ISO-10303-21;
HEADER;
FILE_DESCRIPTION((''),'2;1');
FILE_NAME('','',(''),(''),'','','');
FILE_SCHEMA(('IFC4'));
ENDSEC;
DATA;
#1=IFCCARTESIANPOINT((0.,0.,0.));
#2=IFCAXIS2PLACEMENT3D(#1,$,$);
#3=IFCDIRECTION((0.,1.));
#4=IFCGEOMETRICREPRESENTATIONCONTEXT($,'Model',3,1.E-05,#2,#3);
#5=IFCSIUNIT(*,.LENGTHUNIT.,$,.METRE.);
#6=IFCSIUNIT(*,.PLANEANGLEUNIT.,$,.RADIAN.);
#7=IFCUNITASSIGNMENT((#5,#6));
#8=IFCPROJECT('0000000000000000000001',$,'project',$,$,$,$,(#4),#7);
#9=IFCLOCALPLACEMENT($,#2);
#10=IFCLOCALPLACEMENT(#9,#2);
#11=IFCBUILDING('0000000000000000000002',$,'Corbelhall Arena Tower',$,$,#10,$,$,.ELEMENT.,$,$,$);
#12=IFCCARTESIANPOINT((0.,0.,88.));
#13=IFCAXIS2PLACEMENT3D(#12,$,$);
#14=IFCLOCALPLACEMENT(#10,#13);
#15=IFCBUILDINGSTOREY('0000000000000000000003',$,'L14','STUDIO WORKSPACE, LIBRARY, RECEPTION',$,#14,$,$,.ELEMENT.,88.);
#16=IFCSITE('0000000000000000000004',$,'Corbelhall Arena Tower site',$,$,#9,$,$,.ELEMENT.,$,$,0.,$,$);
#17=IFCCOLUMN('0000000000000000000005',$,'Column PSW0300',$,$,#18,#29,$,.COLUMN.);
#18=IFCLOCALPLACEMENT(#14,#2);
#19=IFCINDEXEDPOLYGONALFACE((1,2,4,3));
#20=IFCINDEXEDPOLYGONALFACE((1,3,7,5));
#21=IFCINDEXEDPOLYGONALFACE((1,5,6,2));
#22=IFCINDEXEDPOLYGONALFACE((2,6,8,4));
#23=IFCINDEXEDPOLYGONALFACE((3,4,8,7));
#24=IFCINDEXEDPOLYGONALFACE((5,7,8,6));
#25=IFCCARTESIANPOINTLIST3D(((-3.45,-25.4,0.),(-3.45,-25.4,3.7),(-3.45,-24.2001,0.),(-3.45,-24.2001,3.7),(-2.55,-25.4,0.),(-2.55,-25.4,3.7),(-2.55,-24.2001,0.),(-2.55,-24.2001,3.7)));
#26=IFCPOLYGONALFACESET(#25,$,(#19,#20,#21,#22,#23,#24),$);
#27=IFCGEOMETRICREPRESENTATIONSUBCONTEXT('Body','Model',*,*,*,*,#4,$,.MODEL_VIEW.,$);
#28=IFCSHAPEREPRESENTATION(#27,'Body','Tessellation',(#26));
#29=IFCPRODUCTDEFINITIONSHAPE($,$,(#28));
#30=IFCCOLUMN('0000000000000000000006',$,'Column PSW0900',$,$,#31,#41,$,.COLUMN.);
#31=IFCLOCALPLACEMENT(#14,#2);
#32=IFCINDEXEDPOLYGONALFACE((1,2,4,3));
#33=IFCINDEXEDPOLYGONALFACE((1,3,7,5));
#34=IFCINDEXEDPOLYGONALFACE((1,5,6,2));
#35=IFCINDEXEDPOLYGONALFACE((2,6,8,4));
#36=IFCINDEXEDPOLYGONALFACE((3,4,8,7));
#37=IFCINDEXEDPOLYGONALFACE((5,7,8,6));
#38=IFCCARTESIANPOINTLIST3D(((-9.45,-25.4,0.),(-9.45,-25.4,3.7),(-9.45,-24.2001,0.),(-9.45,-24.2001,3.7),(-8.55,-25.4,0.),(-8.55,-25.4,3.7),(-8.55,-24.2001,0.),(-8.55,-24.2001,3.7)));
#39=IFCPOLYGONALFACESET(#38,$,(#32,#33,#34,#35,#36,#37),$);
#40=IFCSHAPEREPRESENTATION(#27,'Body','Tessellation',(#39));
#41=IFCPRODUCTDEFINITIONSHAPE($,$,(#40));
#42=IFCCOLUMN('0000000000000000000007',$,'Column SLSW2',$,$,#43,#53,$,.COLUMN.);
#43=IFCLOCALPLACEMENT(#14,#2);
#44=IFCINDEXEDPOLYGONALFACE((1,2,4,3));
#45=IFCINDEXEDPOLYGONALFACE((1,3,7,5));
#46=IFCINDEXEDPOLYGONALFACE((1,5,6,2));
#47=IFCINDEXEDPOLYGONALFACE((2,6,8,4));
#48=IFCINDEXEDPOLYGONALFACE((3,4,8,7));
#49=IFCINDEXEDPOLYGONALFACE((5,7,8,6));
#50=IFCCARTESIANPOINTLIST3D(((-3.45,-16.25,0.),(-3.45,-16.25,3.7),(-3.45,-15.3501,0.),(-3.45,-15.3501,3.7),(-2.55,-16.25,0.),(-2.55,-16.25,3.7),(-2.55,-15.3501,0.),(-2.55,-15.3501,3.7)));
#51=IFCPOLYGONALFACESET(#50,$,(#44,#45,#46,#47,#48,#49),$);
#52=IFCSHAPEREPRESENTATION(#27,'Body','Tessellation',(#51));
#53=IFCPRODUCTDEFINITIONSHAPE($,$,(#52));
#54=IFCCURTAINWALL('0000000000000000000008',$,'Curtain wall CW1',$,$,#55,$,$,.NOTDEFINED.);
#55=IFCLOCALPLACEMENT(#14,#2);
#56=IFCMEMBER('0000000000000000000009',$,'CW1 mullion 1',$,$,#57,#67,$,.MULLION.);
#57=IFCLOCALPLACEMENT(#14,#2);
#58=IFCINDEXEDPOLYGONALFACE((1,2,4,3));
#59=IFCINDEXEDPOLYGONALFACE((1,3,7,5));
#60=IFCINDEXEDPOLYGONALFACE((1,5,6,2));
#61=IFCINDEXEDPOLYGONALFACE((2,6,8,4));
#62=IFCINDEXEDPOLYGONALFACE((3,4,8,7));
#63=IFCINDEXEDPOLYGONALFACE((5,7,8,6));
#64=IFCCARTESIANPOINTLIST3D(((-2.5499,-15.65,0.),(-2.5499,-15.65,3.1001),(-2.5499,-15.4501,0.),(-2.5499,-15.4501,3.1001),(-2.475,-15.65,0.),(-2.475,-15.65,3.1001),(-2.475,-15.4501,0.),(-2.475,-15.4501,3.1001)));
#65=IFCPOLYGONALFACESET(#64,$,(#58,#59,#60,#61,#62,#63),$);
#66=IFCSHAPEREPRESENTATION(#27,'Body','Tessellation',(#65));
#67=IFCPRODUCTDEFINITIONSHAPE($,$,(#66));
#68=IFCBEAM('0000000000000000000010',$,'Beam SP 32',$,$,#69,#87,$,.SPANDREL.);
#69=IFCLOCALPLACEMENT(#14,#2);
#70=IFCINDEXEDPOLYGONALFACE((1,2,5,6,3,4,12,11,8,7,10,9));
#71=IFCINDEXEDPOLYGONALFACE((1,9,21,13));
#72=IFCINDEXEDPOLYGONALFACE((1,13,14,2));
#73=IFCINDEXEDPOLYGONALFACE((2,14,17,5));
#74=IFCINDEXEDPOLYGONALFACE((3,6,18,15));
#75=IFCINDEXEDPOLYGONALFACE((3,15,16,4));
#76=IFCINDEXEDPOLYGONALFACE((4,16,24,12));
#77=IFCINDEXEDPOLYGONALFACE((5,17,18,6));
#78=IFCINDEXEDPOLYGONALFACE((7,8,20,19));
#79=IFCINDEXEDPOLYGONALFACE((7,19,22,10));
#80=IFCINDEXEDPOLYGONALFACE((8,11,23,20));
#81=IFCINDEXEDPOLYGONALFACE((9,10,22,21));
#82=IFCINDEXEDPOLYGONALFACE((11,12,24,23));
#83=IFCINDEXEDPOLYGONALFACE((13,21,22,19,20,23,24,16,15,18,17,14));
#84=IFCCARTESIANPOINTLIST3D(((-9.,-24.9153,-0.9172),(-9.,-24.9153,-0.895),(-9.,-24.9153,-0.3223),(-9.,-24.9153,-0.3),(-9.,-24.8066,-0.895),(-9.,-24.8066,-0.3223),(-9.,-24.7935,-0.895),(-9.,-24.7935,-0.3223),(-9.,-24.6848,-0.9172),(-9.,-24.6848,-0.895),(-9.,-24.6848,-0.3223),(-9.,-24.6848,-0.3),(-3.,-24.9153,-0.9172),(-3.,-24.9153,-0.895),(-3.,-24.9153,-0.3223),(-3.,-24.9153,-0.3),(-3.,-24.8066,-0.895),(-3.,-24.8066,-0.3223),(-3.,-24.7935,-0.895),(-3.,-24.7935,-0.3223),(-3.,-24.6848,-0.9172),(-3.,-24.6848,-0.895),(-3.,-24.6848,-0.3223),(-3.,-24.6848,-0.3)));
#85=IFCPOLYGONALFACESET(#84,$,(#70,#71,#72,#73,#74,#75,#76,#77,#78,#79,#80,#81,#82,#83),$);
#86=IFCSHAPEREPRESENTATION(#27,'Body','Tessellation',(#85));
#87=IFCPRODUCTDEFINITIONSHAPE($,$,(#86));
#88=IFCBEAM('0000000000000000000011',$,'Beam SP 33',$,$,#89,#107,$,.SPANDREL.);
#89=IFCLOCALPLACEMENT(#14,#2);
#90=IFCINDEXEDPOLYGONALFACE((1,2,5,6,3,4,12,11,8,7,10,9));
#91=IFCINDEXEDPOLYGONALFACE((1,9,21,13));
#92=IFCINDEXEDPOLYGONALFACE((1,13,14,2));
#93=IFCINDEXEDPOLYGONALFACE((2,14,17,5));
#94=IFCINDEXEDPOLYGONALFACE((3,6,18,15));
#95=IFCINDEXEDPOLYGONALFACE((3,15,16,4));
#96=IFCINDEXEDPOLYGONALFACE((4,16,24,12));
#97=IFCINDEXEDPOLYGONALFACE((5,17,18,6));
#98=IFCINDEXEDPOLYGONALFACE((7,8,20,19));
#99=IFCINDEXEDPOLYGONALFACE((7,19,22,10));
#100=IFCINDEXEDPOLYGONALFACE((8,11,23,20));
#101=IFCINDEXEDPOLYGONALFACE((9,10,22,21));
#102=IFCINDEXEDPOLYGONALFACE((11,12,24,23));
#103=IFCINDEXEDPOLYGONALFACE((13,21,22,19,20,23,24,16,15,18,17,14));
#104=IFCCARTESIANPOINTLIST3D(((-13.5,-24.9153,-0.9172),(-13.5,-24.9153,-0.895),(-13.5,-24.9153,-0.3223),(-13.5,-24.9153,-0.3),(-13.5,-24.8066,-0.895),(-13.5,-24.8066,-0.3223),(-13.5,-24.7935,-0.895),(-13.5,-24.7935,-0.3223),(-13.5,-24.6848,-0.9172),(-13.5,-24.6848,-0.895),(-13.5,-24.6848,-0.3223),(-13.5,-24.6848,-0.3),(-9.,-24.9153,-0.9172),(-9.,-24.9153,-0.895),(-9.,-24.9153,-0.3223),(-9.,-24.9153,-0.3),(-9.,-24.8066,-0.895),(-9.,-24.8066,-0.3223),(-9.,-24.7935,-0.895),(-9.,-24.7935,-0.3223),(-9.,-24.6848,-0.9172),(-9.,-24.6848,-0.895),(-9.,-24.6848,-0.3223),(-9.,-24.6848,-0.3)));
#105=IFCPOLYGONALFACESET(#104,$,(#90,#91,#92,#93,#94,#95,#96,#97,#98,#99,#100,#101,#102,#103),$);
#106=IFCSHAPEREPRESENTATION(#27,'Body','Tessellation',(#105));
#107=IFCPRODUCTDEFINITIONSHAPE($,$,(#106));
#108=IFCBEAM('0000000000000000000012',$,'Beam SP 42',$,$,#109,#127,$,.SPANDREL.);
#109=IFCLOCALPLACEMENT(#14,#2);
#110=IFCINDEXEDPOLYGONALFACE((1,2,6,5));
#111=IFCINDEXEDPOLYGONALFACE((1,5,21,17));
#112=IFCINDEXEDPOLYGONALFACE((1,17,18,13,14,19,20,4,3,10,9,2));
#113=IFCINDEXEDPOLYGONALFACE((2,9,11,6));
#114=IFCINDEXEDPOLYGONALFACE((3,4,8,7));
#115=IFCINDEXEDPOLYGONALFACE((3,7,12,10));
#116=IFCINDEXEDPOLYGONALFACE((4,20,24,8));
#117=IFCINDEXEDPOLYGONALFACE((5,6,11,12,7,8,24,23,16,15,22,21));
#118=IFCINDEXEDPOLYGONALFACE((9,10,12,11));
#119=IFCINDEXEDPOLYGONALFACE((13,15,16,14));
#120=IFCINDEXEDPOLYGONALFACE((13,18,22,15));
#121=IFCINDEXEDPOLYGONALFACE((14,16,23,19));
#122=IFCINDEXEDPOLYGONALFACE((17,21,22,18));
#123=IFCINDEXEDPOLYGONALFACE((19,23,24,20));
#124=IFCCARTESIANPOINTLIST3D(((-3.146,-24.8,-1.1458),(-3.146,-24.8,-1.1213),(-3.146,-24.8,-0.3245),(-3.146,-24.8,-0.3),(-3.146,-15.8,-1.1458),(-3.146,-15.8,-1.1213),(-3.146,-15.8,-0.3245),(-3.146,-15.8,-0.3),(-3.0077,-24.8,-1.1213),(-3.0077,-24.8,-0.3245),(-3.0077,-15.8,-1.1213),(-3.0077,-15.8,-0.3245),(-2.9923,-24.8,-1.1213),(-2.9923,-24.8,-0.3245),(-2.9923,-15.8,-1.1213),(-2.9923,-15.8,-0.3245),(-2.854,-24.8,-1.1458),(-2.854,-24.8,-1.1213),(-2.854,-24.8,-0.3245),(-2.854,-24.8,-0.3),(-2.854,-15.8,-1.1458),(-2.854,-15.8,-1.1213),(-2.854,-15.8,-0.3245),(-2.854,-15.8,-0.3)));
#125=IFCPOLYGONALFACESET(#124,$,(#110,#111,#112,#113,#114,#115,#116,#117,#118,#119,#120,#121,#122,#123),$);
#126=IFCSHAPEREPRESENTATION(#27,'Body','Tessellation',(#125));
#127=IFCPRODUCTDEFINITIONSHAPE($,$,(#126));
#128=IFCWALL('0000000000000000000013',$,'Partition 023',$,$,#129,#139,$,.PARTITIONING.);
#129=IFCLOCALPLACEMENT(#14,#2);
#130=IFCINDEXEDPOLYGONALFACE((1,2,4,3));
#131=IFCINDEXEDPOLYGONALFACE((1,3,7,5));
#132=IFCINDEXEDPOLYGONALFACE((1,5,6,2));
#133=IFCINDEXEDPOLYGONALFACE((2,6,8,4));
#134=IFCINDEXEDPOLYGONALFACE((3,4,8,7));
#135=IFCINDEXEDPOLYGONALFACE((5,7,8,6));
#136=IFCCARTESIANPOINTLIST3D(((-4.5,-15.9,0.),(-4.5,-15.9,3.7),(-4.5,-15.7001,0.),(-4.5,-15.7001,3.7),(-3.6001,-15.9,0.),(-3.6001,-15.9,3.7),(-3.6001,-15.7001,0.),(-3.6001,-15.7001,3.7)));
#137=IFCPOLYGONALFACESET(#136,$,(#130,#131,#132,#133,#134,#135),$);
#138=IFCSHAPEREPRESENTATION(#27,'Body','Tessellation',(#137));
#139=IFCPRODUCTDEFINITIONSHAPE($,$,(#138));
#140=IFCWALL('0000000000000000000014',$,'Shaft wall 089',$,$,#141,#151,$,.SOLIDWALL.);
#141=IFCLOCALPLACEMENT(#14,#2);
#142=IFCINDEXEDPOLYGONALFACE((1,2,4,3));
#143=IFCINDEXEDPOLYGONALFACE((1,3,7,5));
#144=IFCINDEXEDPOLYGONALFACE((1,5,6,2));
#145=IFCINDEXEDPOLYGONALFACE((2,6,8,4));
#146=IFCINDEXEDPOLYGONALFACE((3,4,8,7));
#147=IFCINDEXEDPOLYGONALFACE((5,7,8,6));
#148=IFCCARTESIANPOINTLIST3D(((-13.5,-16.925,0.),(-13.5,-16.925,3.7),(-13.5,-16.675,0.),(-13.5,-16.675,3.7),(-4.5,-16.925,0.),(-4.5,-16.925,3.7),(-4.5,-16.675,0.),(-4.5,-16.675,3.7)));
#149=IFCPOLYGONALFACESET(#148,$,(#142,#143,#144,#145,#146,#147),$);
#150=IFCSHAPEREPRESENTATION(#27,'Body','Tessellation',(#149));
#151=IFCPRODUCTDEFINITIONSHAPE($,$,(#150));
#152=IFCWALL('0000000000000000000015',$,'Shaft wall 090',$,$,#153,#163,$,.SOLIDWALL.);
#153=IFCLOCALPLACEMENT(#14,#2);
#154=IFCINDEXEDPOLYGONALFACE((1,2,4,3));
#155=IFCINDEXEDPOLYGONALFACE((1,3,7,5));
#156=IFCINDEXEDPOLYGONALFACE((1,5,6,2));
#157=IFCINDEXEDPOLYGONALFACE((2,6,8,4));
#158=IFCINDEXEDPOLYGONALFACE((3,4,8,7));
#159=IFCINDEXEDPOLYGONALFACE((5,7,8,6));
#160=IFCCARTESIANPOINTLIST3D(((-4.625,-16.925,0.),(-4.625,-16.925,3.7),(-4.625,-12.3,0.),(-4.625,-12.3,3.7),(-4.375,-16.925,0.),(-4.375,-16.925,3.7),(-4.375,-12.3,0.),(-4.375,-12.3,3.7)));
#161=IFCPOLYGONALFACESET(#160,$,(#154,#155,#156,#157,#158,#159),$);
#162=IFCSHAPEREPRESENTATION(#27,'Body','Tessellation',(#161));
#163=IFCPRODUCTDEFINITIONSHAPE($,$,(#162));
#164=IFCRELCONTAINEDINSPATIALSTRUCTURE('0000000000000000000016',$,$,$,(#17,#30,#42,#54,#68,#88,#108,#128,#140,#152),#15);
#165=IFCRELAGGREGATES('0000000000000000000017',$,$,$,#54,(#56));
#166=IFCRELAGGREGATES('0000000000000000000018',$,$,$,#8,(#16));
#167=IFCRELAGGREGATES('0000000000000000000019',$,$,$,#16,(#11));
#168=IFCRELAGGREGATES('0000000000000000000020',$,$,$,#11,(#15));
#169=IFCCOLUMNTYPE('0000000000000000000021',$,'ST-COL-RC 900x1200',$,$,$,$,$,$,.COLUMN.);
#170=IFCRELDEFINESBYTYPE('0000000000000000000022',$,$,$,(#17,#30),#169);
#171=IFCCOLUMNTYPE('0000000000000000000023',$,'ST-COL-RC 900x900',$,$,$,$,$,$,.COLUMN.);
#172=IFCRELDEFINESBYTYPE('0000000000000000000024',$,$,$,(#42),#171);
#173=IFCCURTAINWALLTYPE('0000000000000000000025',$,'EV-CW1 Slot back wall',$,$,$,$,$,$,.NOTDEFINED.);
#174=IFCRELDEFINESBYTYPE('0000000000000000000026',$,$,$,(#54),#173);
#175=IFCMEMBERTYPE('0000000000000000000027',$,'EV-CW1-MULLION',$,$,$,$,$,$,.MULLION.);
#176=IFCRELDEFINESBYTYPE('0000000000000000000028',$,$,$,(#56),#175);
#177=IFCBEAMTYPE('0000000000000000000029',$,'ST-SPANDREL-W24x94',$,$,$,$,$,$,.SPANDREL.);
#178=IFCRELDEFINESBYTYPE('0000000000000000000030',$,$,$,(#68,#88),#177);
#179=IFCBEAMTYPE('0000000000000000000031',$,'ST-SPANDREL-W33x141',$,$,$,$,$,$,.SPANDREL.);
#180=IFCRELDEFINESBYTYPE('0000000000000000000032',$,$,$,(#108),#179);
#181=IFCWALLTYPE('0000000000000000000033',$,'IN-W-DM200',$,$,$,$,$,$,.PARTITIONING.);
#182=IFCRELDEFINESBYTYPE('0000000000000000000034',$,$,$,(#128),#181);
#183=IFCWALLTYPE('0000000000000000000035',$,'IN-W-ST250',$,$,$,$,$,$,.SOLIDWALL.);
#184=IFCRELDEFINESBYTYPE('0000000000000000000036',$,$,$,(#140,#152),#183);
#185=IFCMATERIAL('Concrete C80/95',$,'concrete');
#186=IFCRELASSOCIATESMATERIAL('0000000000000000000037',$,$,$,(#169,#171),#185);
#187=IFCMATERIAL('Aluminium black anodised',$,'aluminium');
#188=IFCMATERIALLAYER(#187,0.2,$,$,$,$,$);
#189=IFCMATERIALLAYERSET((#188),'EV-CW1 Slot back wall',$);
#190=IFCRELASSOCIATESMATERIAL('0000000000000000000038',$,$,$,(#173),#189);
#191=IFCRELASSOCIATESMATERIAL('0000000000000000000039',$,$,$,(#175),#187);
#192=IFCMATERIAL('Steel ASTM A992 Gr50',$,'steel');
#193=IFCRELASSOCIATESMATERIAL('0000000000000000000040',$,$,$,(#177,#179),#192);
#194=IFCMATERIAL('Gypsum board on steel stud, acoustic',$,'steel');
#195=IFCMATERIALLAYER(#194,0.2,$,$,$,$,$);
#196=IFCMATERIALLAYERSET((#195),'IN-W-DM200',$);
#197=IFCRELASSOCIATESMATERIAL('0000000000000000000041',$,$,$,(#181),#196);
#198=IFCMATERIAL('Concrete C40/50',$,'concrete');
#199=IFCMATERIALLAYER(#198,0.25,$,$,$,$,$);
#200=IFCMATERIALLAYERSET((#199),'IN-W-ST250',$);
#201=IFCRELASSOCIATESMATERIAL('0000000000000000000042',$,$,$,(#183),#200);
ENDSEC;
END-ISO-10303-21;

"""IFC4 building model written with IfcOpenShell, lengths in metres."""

from ifc_helpers import new_model, si_unit, direction, frame, frame_2d, origin, origin_2d, place, context, subcontext, project, spatial, rectangle, i_section, extrude, material, layer, layer_set, material_profile, profile_set, type_object, element, aggregate, save


model = new_model("IFC4")

# Units and contexts
model_context = context("Model", 3, precision=1e-05, world=origin(), true_north=direction((0.0, 1.0)))
body_context = subcontext(model_context, "Body", "Model", "MODEL_VIEW")
ifc_project = project(units=[si_unit("LENGTHUNIT", "METRE"), si_unit("PLANEANGLEUNIT", "RADIAN")], contexts=[model_context])

# Site, building, storey
site_placement = place(None, origin())
site = spatial("IfcSite", under=ifc_project, at=site_placement, Name="Corbelhall Arena Tower site", CompositionType="ELEMENT", RefElevation=0.0)
building_placement = place(site_placement, origin())
building = spatial("IfcBuilding", under=site, at=building_placement, Name="Corbelhall Arena Tower", CompositionType="ELEMENT")
storey_placement = place(building_placement, frame((0.0, 0.0, 88.0)))
storey = spatial("IfcBuildingStorey", under=building, at=storey_placement, Name="L14", Description="STUDIO WORKSPACE, LIBRARY, RECEPTION", CompositionType="ELEMENT", Elevation=88.0)

# Columns
ifc_material_1 = material(Name="Concrete C80/95", Category="concrete")
ifc_material_profile_1 = material_profile(ifc_material_1, rectangle(XDim=0.8999, YDim=1.2, at=origin_2d()))
ifc_profile_set_1 = profile_set([ifc_material_profile_1], Name="Concrete C80/95")
column_type_1 = type_object("IfcColumnType", Name="ST-COL-RC 900x1200", PredefinedType="COLUMN", material=ifc_profile_set_1)
for number, where, z_axis, x_axis, name in (
    (1, (-3.0, -24.8, 0.0), (0.0, 0.0, 1.0), (1.0, 0.0, 0.0), "Column PSW0300"),
    (2, (-9.0, -24.8, 0.0), (0.0, 0.0, 1.0), (1.0, 0.0, 0.0), "Column PSW0900"),
):
    element("IfcColumn", number, at=place(storey_placement, frame(where, z_axis=z_axis, x_axis=x_axis)), inside=storey, type_object=column_type_1, Name=name, PredefinedType="COLUMN", context=body_context, shape_type="SweptSolid", body=[
        extrude(rectangle(XDim=0.8999, YDim=1.2, at=origin_2d()), origin(), (0.0, 0.0, 1.0), 3.7),
    ])
ifc_material_profile_2 = material_profile(ifc_material_1, rectangle(XDim=0.8999, YDim=0.8999, at=origin_2d()))
ifc_profile_set_2 = profile_set([ifc_material_profile_2], Name="Concrete C80/95")
column_type_2 = type_object("IfcColumnType", Name="ST-COL-RC 900x900", PredefinedType="COLUMN", material=ifc_profile_set_2)
column_placement = place(storey_placement, frame((-3.0, -15.8, 0.0), z_axis=(0.0, 0.0, 1.0), x_axis=(1.0, 0.0, 0.0)))
element("IfcColumn", 3, at=column_placement, inside=storey, type_object=column_type_2, Name="Column SLSW2", PredefinedType="COLUMN", context=body_context, shape_type="SweptSolid", body=[
    extrude(rectangle(XDim=0.8999, YDim=0.8999, at=origin_2d()), origin(), (0.0, 0.0, 1.0), 3.7),
])

# Curtain wall, member
ifc_material_2 = material(Name="Aluminium black anodised", Category="aluminium")
ifc_layer_1 = layer(ifc_material_2, 0.2)
ifc_layer_set_1 = layer_set([ifc_layer_1], Name="EV-CW1 Slot back wall")
curtain_wall_type = type_object("IfcCurtainWallType", Name="EV-CW1 Slot back wall", PredefinedType="NOTDEFINED", material=ifc_layer_set_1)
curtain_wall_placement = place(storey_placement, origin())
curtain_wall = element("IfcCurtainWall", 4, at=curtain_wall_placement, inside=storey, type_object=curtain_wall_type, Name="Curtain wall CW1", PredefinedType="NOTDEFINED")
ifc_material_profile_3 = material_profile(ifc_material_2, rectangle(XDim=0.2, YDim=0.075, at=origin_2d()))
ifc_profile_set_3 = profile_set([ifc_material_profile_3], Name="Aluminium black anodised")
member_type = type_object("IfcMemberType", Name="EV-CW1-MULLION", PredefinedType="MULLION", material=ifc_profile_set_3)
member_placement = place(storey_placement, frame((-2.5125, -15.55, 0.0), z_axis=(0.0, 0.0, 1.0), x_axis=(0.0, 1.0, 0.0)))
member = element("IfcMember", 5, at=member_placement, type_object=member_type, Name="CW1 mullion 1", PredefinedType="MULLION", context=body_context, shape_type="SweptSolid", body=[
    extrude(rectangle(XDim=0.2, YDim=0.075, at=origin_2d()), origin(), (0.0, 0.0, 1.0), 3.1001),
])
aggregate(curtain_wall, [member])

# Beams
ifc_material_3 = material(Name="Steel ASTM A992 Gr50", Category="steel")
ifc_material_profile_4 = material_profile(ifc_material_3, i_section(OverallWidth=0.2305, OverallDepth=0.6172, WebThickness=0.0132, FlangeThickness=0.0222, at=origin_2d()))
ifc_profile_set_4 = profile_set([ifc_material_profile_4], Name="Steel ASTM A992 Gr50")
beam_type_1 = type_object("IfcBeamType", Name="ST-SPANDREL-W24x94", PredefinedType="SPANDREL", material=ifc_profile_set_4)
beam_1_placement = place(storey_placement, frame((-3.0, -24.8, -0.6086), z_axis=(-1.0, 0.0, 0.0), x_axis=(0.0, -1.0, 0.0)))
element("IfcBeam", 6, at=beam_1_placement, inside=storey, type_object=beam_type_1, Name="Beam SP 32", PredefinedType="SPANDREL", context=body_context, shape_type="SweptSolid", body=[
    extrude(i_section(OverallWidth=0.2305, OverallDepth=0.6172, WebThickness=0.0132, FlangeThickness=0.0222, at=origin_2d()), origin(), (0.0, 0.0, 1.0), 6.0),
])
beam_2_placement = place(storey_placement, frame((-9.0, -24.8, -0.6086), z_axis=(-1.0, 0.0, 0.0), x_axis=(0.0, -1.0, 0.0)))
element("IfcBeam", 7, at=beam_2_placement, inside=storey, type_object=beam_type_1, Name="Beam SP 33", PredefinedType="SPANDREL", context=body_context, shape_type="SweptSolid", body=[
    extrude(i_section(OverallWidth=0.2305, OverallDepth=0.6172, WebThickness=0.0132, FlangeThickness=0.0222, at=origin_2d()), origin(), (0.0, 0.0, 1.0), 4.5),
])
ifc_material_profile_5 = material_profile(ifc_material_3, i_section(OverallWidth=0.292, OverallDepth=0.8457, WebThickness=0.0154, FlangeThickness=0.0244, at=origin_2d()))
ifc_profile_set_5 = profile_set([ifc_material_profile_5], Name="Steel ASTM A992 Gr50")
beam_type_2 = type_object("IfcBeamType", Name="ST-SPANDREL-W33x141", PredefinedType="SPANDREL", material=ifc_profile_set_5)
beam_3_placement = place(storey_placement, frame((-3.0, -15.8, -0.7229), z_axis=(0.0, -1.0, 0.0), x_axis=(1.0, 0.0, 0.0)))
element("IfcBeam", 8, at=beam_3_placement, inside=storey, type_object=beam_type_2, Name="Beam SP 42", PredefinedType="SPANDREL", context=body_context, shape_type="SweptSolid", body=[
    extrude(i_section(OverallWidth=0.292, OverallDepth=0.8457, WebThickness=0.0154, FlangeThickness=0.0244, at=origin_2d()), origin(), (0.0, 0.0, 1.0), 9.0),
])

# Walls
ifc_material_4 = material(Name="Gypsum board on steel stud, acoustic", Category="steel")
ifc_layer_2 = layer(ifc_material_4, 0.2)
ifc_layer_set_2 = layer_set([ifc_layer_2], Name="IN-W-DM200")
wall_type_1 = type_object("IfcWallType", Name="IN-W-DM200", PredefinedType="PARTITIONING", material=ifc_layer_set_2)
wall_1_placement = place(storey_placement, frame((-3.6001, -15.8, 0.0), z_axis=(0.0, 0.0, 1.0), x_axis=(-1.0, 0.0, 0.0)))
element("IfcWall", 9, at=wall_1_placement, inside=storey, type_object=wall_type_1, Name="Partition 023", PredefinedType="PARTITIONING", context=body_context, shape_type="SweptSolid", body=[
    extrude(rectangle(XDim=0.8999, YDim=0.2, at=frame_2d((0.45, 0.0))), origin(), (0.0, 0.0, 1.0), 3.7),
])
ifc_material_5 = material(Name="Concrete C40/50", Category="concrete")
ifc_layer_3 = layer(ifc_material_5, 0.25)
ifc_layer_set_3 = layer_set([ifc_layer_3], Name="IN-W-ST250")
wall_type_2 = type_object("IfcWallType", Name="IN-W-ST250", PredefinedType="SOLIDWALL", material=ifc_layer_set_3)
wall_2_placement = place(storey_placement, frame((-4.5, -16.8, 0.0), z_axis=(0.0, 0.0, 1.0), x_axis=(-1.0, 0.0, 0.0)))
element("IfcWall", 10, at=wall_2_placement, inside=storey, type_object=wall_type_2, Name="Shaft wall 089", PredefinedType="SOLIDWALL", context=body_context, shape_type="SweptSolid", body=[
    extrude(rectangle(XDim=9.0, YDim=0.25, at=frame_2d((4.5, 0.0))), origin(), (0.0, 0.0, 1.0), 3.7),
])
wall_3_placement = place(storey_placement, frame((-4.5, -12.3, 0.0), z_axis=(0.0, 0.0, 1.0), x_axis=(0.0, -1.0, 0.0)))
element("IfcWall", 11, at=wall_3_placement, inside=storey, type_object=wall_type_2, Name="Shaft wall 090", PredefinedType="SOLIDWALL", context=body_context, shape_type="SweptSolid", body=[
    extrude(rectangle(XDim=4.625, YDim=0.25, at=frame_2d((2.3125, 0.0))), origin(), (0.0, 0.0, 1.0), 3.7),
])

save(model, "model.ifc")
